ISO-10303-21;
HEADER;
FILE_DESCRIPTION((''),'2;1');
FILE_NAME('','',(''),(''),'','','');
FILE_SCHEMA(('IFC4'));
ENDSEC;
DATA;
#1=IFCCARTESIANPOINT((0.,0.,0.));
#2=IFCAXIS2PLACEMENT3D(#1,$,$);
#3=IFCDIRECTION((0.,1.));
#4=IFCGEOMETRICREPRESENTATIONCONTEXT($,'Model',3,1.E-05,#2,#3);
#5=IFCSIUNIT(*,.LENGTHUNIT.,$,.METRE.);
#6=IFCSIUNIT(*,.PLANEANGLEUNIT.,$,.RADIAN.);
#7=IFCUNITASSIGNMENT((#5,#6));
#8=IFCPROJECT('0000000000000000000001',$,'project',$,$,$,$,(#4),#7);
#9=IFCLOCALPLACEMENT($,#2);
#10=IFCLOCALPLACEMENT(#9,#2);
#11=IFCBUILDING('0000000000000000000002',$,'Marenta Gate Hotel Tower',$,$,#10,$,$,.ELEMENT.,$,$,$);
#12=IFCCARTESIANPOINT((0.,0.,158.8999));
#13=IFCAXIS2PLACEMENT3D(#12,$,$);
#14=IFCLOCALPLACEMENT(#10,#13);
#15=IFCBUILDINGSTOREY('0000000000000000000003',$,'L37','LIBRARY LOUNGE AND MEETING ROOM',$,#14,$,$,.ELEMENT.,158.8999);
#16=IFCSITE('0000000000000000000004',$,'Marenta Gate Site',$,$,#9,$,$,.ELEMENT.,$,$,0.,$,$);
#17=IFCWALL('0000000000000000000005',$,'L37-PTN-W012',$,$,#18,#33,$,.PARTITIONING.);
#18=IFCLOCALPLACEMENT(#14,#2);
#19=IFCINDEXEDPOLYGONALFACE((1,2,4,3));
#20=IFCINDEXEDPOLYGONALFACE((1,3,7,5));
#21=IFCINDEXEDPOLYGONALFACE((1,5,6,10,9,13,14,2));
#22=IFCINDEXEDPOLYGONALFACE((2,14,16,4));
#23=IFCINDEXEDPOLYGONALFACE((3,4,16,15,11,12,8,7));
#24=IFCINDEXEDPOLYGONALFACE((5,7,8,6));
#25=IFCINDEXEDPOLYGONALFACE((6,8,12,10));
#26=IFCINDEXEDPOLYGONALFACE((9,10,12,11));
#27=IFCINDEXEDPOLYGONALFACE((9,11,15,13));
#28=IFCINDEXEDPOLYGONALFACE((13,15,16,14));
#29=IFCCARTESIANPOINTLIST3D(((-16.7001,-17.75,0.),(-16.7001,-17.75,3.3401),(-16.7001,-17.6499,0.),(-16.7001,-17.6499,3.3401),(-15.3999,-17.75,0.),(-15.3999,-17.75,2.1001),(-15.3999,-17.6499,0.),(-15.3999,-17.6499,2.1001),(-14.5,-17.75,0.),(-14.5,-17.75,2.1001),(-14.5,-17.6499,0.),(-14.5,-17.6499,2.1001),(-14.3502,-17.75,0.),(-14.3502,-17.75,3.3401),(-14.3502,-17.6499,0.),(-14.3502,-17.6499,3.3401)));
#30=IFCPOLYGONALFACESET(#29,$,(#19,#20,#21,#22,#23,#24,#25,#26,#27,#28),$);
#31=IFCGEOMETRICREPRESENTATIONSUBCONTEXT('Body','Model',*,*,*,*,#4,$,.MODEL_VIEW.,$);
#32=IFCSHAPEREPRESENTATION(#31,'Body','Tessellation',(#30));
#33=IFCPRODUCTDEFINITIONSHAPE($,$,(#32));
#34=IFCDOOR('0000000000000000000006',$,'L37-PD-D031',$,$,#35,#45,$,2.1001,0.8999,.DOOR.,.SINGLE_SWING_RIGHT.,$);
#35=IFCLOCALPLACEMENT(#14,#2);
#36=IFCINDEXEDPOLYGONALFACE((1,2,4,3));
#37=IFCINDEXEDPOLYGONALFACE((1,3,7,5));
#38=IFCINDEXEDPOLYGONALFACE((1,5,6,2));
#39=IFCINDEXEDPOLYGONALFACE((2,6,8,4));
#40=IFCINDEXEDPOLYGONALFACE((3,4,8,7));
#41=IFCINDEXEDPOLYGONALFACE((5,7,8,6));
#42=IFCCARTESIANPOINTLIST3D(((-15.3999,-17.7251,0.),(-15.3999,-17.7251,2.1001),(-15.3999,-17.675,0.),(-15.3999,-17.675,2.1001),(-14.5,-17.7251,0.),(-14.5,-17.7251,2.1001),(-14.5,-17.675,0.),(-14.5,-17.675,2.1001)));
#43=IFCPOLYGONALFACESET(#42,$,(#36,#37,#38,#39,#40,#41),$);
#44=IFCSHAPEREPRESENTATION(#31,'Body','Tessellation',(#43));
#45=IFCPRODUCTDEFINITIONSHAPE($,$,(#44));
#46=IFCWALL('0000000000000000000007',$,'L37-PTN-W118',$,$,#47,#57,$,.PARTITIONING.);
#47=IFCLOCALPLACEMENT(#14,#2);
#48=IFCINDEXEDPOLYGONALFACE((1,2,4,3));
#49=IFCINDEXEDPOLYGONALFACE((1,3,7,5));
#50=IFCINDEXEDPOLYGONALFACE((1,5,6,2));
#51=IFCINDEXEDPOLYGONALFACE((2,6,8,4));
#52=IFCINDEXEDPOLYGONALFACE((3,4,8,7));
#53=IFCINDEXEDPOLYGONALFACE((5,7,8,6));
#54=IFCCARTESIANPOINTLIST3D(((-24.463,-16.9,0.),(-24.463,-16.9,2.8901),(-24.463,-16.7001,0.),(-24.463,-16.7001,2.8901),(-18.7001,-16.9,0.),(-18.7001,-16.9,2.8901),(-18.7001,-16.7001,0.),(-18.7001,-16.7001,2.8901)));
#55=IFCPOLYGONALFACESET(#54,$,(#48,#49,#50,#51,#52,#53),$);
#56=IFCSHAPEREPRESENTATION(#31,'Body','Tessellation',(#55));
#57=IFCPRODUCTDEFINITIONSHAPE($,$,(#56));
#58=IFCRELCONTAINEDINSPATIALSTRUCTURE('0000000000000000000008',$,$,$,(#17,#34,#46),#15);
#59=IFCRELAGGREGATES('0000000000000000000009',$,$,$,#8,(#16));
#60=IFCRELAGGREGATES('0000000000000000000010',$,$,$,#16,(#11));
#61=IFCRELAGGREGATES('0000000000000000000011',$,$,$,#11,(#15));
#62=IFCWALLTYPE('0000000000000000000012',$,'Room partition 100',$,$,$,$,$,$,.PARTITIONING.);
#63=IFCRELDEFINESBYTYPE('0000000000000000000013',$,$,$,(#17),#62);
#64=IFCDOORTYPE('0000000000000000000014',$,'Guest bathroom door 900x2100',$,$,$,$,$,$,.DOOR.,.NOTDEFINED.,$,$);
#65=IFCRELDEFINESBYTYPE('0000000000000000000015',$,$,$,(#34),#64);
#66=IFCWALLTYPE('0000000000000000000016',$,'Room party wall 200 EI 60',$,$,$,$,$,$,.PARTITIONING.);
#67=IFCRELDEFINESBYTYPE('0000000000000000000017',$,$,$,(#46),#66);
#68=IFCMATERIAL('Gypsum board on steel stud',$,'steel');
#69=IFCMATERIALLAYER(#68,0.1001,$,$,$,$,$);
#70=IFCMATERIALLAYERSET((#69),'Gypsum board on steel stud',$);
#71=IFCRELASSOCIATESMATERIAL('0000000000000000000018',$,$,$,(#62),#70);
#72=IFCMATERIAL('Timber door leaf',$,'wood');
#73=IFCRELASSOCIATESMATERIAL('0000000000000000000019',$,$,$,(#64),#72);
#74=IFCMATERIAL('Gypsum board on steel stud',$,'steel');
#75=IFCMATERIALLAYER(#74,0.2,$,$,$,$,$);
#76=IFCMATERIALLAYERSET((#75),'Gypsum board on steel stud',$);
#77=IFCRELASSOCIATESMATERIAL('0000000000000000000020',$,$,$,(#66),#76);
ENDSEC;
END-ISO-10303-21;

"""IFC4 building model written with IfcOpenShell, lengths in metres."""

from ifc_helpers import new_model, si_unit, direction, frame, frame_2d, origin, place, context, subcontext, project, spatial, rectangle, extrude, material, layer, layer_set, type_object, element, fill, save


model = new_model("IFC4")

# Units and contexts
model_context = context("Model", 3, precision=1e-05, world=origin(), true_north=direction((0.0, 1.0)))
body_context = subcontext(model_context, "Body", "Model", "MODEL_VIEW")
ifc_project = project(units=[si_unit("LENGTHUNIT", "METRE"), si_unit("PLANEANGLEUNIT", "RADIAN")], contexts=[model_context])

# Site, building, storey
site_placement = place(None, origin())
site = spatial("IfcSite", under=ifc_project, at=site_placement, Name="Marenta Gate Site", CompositionType="ELEMENT", RefElevation=0.0)
building_placement = place(site_placement, origin())
building = spatial("IfcBuilding", under=site, at=building_placement, Name="Marenta Gate Hotel Tower", CompositionType="ELEMENT")
storey_placement = place(building_placement, frame((0.0, 0.0, 158.8999)))
storey = spatial("IfcBuildingStorey", under=building, at=storey_placement, Name="L37", Description="LIBRARY LOUNGE AND MEETING ROOM", CompositionType="ELEMENT", Elevation=158.8999)

# Wall, opening, door
ifc_material_1 = material(Name="Gypsum board on steel stud", Category="steel")
ifc_layer_1 = layer(ifc_material_1, 0.1001)
ifc_layer_set_1 = layer_set([ifc_layer_1], Name="Gypsum board on steel stud")
wall_type_1 = type_object("IfcWallType", Name="Room partition 100", PredefinedType="PARTITIONING", material=ifc_layer_set_1)
wall_1_placement = place(storey_placement, frame((-16.7, -17.7, 0.0), z_axis=(0.0, 0.0, 1.0), x_axis=(1.0, 0.0, 0.0)))
wall_1 = element("IfcWall", 1, at=wall_1_placement, inside=storey, type_object=wall_type_1, Name="L37-PTN-W012", PredefinedType="PARTITIONING", context=body_context, shape_type="SweptSolid", body=[
    extrude(rectangle(XDim=2.3499, YDim=0.1001, at=frame_2d((1.1748, 0.0))), origin(), (0.0, 0.0, 1.0), 3.3401),
])
opening_1_placement = place(wall_1_placement, frame((1.3, 0.0, 0.0)))
opening_1 = element("IfcOpeningElement", 2, at=opening_1_placement, cuts=wall_1, PredefinedType="OPENING", context=body_context, shape_type="SweptSolid", body=[
    extrude(rectangle(XDim=0.8999, YDim=2.1001, at=frame_2d((0.45, 1.05))), frame((0.0, 0.05, 0.0), z_axis=(0.0, -1.0, 0.0), x_axis=(1.0, 0.0, 0.0)), (0.0, 0.0, 1.0), 0.1001),
])
ifc_material_2 = material(Name="Timber door leaf", Category="wood")
door_type_1 = type_object("IfcDoorType", Name="Guest bathroom door 900x2100", OperationType="NOTDEFINED", PredefinedType="DOOR", material=ifc_material_2)
door_1_placement = place(opening_1_placement, origin())
door_1 = element("IfcDoor", 3, at=door_1_placement, inside=storey, type_object=door_type_1, Name="L37-PD-D031", OperationType="SINGLE_SWING_RIGHT", OverallHeight=2.1001, OverallWidth=0.8999, PredefinedType="DOOR", context=body_context, shape_type="SweptSolid", body=[
    extrude(rectangle(XDim=0.8999, YDim=2.1001, at=frame_2d((0.45, 1.05))), frame((0.0, 0.0249, 0.0), z_axis=(0.0, -1.0, 0.0), x_axis=(1.0, 0.0, 0.0)), (0.0, 0.0, 1.0), 0.05),
])
fill(opening_1, door_1)

# Wall
ifc_material_3 = material(Name="Gypsum board on steel stud", Category="steel")
ifc_layer_2 = layer(ifc_material_3, 0.2)
ifc_layer_set_2 = layer_set([ifc_layer_2], Name="Gypsum board on steel stud")
wall_type_2 = type_object("IfcWallType", Name="Room party wall 200 EI 60", PredefinedType="PARTITIONING", material=ifc_layer_set_2)
wall_2_placement = place(storey_placement, frame((-24.4629, -16.8, 0.0), z_axis=(0.0, 0.0, 1.0), x_axis=(1.0, 0.0, 0.0)))
element("IfcWall", 4, at=wall_2_placement, inside=storey, type_object=wall_type_2, Name="L37-PTN-W118", PredefinedType="PARTITIONING", context=body_context, shape_type="SweptSolid", body=[
    extrude(rectangle(XDim=5.7629, YDim=0.2, at=frame_2d((2.8813, 0.0))), origin(), (0.0, 0.0, 1.0), 2.8901),
])

save(model, "model.ifc")
